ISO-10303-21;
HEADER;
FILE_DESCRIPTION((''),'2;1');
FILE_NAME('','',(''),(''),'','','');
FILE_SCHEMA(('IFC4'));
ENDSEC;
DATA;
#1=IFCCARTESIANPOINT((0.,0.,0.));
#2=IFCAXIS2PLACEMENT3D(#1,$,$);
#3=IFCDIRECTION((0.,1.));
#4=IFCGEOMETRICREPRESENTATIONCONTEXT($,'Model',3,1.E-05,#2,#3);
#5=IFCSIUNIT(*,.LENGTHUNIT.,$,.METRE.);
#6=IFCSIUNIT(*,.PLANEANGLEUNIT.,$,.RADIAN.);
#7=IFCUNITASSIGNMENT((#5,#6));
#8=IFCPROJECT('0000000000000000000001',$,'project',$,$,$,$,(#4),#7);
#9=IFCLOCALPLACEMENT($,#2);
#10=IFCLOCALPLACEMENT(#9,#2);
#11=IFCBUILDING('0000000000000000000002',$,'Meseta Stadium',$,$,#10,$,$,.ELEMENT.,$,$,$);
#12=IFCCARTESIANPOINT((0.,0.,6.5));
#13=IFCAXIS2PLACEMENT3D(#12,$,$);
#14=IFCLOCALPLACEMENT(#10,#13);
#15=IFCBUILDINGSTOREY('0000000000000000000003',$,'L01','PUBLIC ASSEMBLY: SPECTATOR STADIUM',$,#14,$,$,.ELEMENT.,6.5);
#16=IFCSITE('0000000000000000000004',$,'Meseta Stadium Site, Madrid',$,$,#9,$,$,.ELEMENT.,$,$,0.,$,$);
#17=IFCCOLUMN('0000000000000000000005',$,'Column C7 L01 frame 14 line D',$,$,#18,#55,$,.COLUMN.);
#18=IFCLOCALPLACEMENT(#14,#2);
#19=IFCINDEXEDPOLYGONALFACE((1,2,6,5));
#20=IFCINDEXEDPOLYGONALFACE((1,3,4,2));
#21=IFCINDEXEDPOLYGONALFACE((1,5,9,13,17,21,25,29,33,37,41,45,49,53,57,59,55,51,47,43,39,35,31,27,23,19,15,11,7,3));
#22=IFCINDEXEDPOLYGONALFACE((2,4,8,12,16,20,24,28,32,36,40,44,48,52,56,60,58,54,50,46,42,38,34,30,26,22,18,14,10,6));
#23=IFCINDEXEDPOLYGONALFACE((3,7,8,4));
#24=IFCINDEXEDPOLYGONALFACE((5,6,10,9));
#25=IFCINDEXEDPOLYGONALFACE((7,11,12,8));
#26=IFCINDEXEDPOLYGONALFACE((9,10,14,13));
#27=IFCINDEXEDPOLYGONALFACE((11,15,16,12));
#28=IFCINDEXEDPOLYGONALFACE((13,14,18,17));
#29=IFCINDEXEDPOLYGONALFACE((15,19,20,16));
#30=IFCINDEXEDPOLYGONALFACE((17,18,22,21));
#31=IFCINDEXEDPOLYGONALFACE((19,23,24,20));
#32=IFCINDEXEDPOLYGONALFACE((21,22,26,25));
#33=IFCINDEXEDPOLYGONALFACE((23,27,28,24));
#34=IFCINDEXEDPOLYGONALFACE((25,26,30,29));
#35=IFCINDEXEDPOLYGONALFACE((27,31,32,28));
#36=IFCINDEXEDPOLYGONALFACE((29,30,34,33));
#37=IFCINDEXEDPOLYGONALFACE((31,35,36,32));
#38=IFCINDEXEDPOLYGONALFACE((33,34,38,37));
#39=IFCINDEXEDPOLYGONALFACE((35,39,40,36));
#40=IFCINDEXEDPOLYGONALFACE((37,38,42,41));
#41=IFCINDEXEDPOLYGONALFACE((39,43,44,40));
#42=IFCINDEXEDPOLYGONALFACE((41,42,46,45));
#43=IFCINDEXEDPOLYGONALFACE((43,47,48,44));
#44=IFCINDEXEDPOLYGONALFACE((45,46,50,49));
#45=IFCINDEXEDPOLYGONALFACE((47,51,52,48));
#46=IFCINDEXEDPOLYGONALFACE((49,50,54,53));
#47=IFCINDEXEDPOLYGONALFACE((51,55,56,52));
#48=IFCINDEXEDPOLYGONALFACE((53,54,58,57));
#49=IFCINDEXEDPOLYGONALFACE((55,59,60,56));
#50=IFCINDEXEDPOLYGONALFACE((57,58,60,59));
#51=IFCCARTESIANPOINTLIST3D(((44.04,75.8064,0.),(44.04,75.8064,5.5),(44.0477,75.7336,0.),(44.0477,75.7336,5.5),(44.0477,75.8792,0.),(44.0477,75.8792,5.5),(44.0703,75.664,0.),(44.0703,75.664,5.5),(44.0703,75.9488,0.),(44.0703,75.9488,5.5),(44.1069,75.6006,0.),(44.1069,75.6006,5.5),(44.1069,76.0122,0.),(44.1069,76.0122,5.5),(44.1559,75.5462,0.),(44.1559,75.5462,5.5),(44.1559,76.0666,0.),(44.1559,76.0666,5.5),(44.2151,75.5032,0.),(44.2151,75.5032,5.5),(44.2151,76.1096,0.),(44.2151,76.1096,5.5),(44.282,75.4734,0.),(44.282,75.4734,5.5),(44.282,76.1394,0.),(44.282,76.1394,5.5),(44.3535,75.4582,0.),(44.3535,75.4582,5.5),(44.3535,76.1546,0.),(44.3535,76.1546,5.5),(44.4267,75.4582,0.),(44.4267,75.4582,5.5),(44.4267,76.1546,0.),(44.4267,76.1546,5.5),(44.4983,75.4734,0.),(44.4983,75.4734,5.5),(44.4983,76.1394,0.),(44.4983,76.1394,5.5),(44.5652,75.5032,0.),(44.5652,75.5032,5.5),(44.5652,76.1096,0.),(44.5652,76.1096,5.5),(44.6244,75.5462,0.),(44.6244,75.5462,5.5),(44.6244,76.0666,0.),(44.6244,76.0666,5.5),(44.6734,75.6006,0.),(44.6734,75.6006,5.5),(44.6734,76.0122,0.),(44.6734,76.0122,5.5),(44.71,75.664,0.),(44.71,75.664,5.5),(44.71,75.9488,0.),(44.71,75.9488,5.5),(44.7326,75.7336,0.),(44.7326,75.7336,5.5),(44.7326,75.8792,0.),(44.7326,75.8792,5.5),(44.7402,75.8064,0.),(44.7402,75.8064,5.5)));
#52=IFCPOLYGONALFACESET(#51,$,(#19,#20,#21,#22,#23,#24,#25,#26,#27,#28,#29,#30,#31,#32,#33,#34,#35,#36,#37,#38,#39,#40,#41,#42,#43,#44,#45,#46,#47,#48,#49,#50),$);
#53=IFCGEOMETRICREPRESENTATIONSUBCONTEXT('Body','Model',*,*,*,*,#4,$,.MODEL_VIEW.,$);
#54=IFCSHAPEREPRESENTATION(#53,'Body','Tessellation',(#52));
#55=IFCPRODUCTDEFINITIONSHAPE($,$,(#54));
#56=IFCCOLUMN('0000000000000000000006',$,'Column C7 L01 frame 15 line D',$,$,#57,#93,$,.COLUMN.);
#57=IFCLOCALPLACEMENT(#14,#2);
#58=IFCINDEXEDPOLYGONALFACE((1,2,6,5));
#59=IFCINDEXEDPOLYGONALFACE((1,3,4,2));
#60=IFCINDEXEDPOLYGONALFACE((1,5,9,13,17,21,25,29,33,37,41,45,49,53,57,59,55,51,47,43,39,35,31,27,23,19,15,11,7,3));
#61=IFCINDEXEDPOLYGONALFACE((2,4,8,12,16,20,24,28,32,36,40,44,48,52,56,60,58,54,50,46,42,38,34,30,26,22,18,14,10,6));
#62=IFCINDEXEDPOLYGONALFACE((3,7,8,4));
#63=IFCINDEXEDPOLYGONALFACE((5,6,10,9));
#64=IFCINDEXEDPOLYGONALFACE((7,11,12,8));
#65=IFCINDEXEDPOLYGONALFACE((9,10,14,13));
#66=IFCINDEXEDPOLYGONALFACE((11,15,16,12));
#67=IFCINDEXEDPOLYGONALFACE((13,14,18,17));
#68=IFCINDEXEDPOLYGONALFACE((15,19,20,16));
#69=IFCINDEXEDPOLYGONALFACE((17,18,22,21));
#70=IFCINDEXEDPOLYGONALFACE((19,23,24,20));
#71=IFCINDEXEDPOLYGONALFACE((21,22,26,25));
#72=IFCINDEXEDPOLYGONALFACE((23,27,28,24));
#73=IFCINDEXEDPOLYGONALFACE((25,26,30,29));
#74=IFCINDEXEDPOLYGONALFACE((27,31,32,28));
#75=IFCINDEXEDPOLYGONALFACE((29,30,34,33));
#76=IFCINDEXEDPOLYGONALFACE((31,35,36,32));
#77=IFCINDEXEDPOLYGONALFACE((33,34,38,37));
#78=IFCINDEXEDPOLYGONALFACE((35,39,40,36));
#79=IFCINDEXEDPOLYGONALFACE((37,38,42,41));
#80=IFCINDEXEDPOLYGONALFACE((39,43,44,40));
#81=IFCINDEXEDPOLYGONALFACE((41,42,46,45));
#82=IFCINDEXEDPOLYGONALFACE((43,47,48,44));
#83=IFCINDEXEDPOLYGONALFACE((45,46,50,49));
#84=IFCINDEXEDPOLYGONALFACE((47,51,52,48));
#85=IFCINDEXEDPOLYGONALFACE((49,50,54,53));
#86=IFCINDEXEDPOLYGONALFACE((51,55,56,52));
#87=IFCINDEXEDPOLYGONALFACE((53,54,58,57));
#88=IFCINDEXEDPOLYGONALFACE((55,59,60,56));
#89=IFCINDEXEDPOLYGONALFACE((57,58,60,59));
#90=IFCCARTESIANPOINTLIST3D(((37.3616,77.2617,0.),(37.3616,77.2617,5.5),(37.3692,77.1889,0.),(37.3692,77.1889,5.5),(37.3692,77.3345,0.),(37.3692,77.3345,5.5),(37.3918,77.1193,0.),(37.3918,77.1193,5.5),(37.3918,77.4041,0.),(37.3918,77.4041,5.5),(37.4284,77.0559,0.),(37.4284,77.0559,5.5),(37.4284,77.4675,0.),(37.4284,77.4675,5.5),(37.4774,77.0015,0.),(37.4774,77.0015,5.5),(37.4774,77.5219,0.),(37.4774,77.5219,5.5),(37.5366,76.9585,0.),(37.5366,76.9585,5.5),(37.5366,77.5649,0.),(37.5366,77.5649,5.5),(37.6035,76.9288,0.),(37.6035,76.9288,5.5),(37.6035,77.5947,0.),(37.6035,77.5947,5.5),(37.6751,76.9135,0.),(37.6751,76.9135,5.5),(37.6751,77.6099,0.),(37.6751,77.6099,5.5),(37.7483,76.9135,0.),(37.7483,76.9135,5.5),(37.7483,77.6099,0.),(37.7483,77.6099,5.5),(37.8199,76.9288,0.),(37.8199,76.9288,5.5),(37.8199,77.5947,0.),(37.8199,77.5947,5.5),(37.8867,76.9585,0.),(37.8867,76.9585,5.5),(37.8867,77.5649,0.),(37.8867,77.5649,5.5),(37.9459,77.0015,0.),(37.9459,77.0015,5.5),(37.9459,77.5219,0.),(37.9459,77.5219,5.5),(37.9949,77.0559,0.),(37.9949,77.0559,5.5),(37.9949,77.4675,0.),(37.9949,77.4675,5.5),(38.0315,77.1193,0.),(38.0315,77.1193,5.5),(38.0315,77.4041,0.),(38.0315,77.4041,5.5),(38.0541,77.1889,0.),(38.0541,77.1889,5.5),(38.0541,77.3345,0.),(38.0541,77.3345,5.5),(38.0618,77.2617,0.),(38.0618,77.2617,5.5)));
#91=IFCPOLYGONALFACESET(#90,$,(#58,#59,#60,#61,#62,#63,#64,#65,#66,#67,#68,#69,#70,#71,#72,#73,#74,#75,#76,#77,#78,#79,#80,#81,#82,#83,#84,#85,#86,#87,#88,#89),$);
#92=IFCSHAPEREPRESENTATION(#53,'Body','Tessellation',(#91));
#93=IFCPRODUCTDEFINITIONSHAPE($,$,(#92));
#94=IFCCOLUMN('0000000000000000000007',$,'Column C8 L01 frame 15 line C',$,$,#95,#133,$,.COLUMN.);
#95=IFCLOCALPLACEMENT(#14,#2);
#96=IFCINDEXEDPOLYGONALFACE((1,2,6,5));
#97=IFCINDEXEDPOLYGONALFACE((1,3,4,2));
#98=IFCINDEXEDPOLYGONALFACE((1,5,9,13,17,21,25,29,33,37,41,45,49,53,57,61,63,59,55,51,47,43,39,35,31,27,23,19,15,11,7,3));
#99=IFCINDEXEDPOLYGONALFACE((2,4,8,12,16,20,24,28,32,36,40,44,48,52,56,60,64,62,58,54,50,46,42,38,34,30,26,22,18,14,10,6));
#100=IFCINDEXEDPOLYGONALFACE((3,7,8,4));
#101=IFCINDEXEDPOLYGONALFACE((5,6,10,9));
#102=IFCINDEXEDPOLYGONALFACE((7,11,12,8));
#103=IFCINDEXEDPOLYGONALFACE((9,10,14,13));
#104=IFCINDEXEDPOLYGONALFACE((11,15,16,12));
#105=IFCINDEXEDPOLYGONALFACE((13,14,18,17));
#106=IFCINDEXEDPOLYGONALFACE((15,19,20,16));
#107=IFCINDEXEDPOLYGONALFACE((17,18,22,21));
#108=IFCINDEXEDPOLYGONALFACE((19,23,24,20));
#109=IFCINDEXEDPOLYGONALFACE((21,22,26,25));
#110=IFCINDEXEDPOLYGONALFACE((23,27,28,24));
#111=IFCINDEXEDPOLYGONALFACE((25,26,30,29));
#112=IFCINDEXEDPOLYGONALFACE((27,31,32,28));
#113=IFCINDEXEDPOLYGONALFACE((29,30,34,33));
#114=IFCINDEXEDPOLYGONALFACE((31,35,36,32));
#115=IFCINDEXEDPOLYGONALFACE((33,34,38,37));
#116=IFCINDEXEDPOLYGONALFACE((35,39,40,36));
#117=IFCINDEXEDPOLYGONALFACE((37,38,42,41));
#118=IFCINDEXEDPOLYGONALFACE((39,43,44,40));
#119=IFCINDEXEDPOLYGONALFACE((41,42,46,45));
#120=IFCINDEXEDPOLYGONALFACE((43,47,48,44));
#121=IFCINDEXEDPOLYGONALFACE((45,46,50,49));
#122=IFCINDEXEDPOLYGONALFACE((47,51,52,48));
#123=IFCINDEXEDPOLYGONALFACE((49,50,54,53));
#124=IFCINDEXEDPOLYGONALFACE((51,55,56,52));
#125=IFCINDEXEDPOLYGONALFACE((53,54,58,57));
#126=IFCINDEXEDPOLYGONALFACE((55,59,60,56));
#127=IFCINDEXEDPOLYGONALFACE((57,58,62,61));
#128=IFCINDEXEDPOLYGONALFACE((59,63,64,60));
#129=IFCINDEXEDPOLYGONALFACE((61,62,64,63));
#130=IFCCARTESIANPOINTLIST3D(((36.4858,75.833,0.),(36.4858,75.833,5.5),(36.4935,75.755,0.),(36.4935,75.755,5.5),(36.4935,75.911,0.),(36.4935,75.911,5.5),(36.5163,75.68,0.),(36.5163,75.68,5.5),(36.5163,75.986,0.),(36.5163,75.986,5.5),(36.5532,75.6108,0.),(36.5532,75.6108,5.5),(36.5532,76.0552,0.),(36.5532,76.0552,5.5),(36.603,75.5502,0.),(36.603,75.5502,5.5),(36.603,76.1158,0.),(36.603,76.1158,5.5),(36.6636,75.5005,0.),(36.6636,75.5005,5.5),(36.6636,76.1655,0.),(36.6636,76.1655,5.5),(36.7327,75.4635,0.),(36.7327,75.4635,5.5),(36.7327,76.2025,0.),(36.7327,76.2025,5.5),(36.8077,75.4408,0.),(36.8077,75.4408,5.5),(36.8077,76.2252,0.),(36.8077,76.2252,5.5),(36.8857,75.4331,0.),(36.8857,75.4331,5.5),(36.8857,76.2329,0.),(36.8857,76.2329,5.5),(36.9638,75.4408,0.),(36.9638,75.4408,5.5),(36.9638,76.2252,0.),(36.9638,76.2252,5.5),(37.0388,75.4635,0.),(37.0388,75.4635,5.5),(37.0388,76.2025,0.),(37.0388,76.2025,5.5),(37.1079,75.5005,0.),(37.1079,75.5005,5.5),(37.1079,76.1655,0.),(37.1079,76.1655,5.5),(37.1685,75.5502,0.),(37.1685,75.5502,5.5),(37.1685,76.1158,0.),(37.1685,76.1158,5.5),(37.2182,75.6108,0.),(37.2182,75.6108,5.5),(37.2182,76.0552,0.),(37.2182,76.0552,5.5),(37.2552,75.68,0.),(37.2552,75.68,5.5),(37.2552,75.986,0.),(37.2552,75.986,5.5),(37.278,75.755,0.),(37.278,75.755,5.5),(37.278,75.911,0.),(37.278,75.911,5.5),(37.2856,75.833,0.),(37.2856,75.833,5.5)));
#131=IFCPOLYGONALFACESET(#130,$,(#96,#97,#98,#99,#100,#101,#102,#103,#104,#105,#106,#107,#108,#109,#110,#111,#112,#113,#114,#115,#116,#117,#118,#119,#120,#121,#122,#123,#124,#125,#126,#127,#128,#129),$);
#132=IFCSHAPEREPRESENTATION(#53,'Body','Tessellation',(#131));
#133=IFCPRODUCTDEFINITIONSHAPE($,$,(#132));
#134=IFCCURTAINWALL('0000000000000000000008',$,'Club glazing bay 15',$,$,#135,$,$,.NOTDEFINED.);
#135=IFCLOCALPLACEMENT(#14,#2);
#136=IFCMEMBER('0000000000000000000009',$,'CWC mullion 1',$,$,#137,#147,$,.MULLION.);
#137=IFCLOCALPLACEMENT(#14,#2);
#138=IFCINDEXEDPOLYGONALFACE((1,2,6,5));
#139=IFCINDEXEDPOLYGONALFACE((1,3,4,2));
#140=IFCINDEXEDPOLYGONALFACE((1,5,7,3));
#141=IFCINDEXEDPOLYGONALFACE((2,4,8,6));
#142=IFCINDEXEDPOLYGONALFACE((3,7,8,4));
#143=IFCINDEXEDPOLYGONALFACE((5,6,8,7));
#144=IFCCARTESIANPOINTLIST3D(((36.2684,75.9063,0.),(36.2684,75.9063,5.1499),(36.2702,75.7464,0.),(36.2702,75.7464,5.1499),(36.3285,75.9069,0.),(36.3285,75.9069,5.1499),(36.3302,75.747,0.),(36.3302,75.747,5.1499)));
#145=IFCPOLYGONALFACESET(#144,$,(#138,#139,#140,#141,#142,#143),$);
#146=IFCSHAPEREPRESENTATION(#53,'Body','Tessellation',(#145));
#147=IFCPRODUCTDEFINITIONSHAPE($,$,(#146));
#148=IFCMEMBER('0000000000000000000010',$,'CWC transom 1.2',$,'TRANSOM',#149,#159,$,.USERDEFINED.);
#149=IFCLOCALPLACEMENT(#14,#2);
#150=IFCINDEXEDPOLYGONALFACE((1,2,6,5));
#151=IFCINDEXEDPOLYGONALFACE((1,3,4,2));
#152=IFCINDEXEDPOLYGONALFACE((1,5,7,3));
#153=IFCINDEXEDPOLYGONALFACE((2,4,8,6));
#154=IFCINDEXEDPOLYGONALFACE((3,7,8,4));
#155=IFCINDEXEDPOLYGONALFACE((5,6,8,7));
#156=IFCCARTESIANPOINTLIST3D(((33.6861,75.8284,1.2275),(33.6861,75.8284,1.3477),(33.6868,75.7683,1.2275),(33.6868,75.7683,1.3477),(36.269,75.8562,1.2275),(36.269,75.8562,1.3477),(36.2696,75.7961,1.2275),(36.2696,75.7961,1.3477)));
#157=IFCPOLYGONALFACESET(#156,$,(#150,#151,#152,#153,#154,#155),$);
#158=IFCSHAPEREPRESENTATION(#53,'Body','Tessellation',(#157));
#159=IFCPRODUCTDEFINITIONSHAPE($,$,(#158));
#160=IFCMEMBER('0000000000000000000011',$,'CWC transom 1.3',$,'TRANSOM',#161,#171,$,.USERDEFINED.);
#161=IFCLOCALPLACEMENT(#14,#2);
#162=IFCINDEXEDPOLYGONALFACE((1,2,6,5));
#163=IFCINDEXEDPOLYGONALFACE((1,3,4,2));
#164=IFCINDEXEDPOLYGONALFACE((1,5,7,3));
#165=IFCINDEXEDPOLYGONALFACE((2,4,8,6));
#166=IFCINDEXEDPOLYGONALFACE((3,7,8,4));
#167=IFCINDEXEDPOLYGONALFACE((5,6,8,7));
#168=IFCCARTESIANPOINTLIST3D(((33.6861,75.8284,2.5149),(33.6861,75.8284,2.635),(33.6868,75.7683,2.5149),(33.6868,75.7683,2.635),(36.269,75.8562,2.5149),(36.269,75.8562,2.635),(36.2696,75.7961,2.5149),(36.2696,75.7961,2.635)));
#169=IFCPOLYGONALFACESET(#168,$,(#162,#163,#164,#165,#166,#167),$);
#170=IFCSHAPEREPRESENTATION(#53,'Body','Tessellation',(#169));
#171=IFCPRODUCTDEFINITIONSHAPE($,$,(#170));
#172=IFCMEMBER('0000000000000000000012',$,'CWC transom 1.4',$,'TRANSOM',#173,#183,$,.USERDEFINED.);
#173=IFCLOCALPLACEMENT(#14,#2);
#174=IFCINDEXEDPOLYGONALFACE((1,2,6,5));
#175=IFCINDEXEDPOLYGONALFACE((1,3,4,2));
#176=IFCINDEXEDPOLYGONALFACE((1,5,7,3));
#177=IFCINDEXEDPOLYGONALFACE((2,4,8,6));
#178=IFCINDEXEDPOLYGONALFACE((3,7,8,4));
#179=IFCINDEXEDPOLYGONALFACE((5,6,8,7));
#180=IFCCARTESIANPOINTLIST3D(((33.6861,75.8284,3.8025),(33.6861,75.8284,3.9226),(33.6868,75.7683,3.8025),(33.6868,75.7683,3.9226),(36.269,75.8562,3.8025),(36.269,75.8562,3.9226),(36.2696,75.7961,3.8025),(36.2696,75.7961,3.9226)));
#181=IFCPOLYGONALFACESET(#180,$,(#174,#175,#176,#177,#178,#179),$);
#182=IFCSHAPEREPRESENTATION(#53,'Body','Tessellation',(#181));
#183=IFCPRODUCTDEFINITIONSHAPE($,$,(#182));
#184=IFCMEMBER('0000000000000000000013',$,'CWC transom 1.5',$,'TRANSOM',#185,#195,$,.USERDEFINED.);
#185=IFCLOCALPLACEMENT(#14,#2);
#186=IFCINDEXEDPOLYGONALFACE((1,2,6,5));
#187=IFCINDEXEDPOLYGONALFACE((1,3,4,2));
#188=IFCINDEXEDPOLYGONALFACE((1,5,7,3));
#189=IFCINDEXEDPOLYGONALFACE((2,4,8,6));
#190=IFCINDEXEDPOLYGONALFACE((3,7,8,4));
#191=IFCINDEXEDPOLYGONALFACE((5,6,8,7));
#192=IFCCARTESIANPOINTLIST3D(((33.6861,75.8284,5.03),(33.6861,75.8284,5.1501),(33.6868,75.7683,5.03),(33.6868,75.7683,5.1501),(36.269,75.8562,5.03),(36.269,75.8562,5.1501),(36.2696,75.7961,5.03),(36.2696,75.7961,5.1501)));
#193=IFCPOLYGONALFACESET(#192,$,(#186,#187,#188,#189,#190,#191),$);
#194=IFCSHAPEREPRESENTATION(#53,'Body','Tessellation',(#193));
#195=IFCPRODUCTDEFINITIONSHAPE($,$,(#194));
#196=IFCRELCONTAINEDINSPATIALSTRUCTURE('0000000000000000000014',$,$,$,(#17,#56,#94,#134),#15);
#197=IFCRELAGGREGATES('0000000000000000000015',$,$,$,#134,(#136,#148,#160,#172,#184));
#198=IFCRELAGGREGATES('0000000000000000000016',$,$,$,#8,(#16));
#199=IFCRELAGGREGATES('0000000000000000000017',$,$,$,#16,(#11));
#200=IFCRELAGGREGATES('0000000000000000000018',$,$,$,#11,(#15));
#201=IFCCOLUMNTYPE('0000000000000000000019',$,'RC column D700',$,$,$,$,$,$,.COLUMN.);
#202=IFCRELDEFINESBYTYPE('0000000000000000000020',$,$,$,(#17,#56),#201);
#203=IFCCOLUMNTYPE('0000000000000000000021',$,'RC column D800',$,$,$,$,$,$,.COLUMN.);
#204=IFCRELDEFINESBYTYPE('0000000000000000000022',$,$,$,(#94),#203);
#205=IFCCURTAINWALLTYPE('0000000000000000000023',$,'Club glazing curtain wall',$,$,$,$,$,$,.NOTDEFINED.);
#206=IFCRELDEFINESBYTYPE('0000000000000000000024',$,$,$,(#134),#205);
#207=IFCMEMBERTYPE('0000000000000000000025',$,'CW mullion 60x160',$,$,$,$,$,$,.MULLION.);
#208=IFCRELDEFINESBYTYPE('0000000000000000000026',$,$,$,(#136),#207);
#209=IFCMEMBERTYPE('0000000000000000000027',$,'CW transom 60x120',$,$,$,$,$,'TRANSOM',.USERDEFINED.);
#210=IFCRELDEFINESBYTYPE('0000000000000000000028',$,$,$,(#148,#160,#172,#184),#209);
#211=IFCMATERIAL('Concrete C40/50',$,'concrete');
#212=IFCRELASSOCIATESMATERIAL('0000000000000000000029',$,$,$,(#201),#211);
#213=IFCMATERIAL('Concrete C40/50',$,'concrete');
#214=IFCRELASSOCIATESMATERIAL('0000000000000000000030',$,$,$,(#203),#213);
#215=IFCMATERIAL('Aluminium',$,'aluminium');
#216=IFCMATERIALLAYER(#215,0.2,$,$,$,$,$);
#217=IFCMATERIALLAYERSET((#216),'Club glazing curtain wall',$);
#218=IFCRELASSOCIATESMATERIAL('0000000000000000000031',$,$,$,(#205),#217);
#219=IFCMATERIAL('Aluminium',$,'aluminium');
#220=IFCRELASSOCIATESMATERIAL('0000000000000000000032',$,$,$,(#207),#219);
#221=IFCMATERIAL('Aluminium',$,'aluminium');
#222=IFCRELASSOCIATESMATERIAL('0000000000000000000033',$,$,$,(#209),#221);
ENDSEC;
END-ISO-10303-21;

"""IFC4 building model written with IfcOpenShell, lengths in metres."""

from ifc_helpers import new_model, si_unit, direction, frame, origin, origin_2d, place, context, subcontext, project, spatial, rectangle, circle, extrude, material, layer, layer_set, material_profile, profile_set, type_object, element, aggregate, save


model = new_model("IFC4")

# Units and contexts
model_context = context("Model", 3, precision=1e-05, world=origin(), true_north=direction((0.0, 1.0)))
body_context = subcontext(model_context, "Body", "Model", "MODEL_VIEW")
ifc_project = project(units=[si_unit("LENGTHUNIT", "METRE"), si_unit("PLANEANGLEUNIT", "RADIAN")], contexts=[model_context])

# Site, building, storey
site_placement = place(None, origin())
site = spatial("IfcSite", under=ifc_project, at=site_placement, Name="Meseta Stadium Site, Madrid", CompositionType="ELEMENT", RefElevation=0.0)
building_placement = place(site_placement, origin())
building = spatial("IfcBuilding", under=site, at=building_placement, Name="Meseta Stadium", CompositionType="ELEMENT")
storey_placement = place(building_placement, frame((0.0, 0.0, 6.5)))
storey = spatial("IfcBuildingStorey", under=building, at=storey_placement, Name="L01", Description="PUBLIC ASSEMBLY: SPECTATOR STADIUM", CompositionType="ELEMENT", Elevation=6.5)

# Columns
ifc_material_1 = material(Name="Concrete C40/50", Category="concrete")
ifc_material_profile_1 = material_profile(ifc_material_1, circle(Radius=0.3501, at=origin_2d()), Name="RC D700")
ifc_profile_set_1 = profile_set([ifc_material_profile_1], Name="Concrete C40/50")
column_type_1 = type_object("IfcColumnType", Name="RC column D700", PredefinedType="COLUMN", material=ifc_profile_set_1)
for number, where, z_axis, x_axis, name in (
    (1, (44.3901, 75.8064, 0.0), (0.0, 0.0, 1.0), (1.0, 0.0, 0.0), "Column C7 L01 frame 14 line D"),
    (2, (37.7117, 77.2617, 0.0), (0.0, 0.0, 1.0), (1.0, 0.0, 0.0), "Column C7 L01 frame 15 line D"),
):
    element("IfcColumn", number, at=place(storey_placement, frame(where, z_axis=z_axis, x_axis=x_axis)), inside=storey, type_object=column_type_1, Name=name, PredefinedType="COLUMN", context=body_context, shape_type="SweptSolid", body=[
        extrude(circle(Radius=0.3501, at=origin_2d()), origin(), (0.0, 0.0, 1.0), 5.5),
    ])
ifc_material_2 = material(Name="Concrete C40/50", Category="concrete")
ifc_material_profile_2 = material_profile(ifc_material_2, circle(Radius=0.3999, at=origin_2d()), Name="RC D800")
ifc_profile_set_2 = profile_set([ifc_material_profile_2], Name="Concrete C40/50")
column_type_2 = type_object("IfcColumnType", Name="RC column D800", PredefinedType="COLUMN", material=ifc_profile_set_2)
column_placement = place(storey_placement, frame((36.8857, 75.833, 0.0), z_axis=(0.0, 0.0, 1.0), x_axis=(1.0, 0.0, 0.0)))
element("IfcColumn", 3, at=column_placement, inside=storey, type_object=column_type_2, Name="Column C8 L01 frame 15 line C", PredefinedType="COLUMN", context=body_context, shape_type="SweptSolid", body=[
    extrude(circle(Radius=0.3999, at=origin_2d()), origin(), (0.0, 0.0, 1.0), 5.5),
])

# Curtain wall, members
ifc_material_3 = material(Name="Aluminium", Category="aluminium")
ifc_layer_1 = layer(ifc_material_3, 0.2)
ifc_layer_set_1 = layer_set([ifc_layer_1], Name="Club glazing curtain wall")
curtain_wall_type = type_object("IfcCurtainWallType", Name="Club glazing curtain wall", PredefinedType="NOTDEFINED", material=ifc_layer_set_1)
curtain_wall_placement = place(storey_placement, origin())
curtain_wall = element("IfcCurtainWall", 4, at=curtain_wall_placement, inside=storey, type_object=curtain_wall_type, Name="Club glazing bay 15", PredefinedType="NOTDEFINED")
ifc_material_4 = material(Name="Aluminium", Category="aluminium")
ifc_material_profile_3 = material_profile(ifc_material_4, rectangle(XDim=0.1599, YDim=0.0601, at=origin_2d()), Name="CW 160x60")
ifc_profile_set_3 = profile_set([ifc_material_profile_3], Name="Aluminium")
member_type_1 = type_object("IfcMemberType", Name="CW mullion 60x160", PredefinedType="MULLION", material=ifc_profile_set_3)
member_1_placement = place(storey_placement, frame((36.2993, 75.8267, 0.0), z_axis=(0.0, 0.0, 1.0), x_axis=(0.010843, -0.999941, 0.0)))
member_1 = element("IfcMember", 5, at=member_1_placement, type_object=member_type_1, Name="CWC mullion 1", PredefinedType="MULLION", context=body_context, shape_type="SweptSolid", body=[
    extrude(rectangle(XDim=0.1599, YDim=0.0601, at=origin_2d()), origin(), (0.0, 0.0, 1.0), 5.1499),
])
ifc_material_5 = material(Name="Aluminium", Category="aluminium")
ifc_material_profile_4 = material_profile(ifc_material_5, rectangle(XDim=0.0601, YDim=0.1201, at=origin_2d()), Name="CW 60x120")
ifc_profile_set_4 = profile_set([ifc_material_profile_4], Name="Aluminium")
member_type_2 = type_object("IfcMemberType", Name="CW transom 60x120", ElementType="TRANSOM", PredefinedType="USERDEFINED", material=ifc_profile_set_4)
member_2_placement = place(storey_placement, frame((36.2693, 75.8262, 1.2876), z_axis=(-0.999942, -0.010775, 0.0), x_axis=(0.010775, -0.999942, 0.0)))
member_2 = element("IfcMember", 6, at=member_2_placement, type_object=member_type_2, Name="CWC transom 1.2", ObjectType="TRANSOM", PredefinedType="USERDEFINED", context=body_context, shape_type="SweptSolid", body=[
    extrude(rectangle(XDim=0.0601, YDim=0.1201, at=origin_2d()), origin(), (0.0, 0.0, 1.0), 2.583),
])
member_3_placement = place(storey_placement, frame((36.2693, 75.8262, 2.575), z_axis=(-0.999942, -0.010775, 0.0), x_axis=(0.010775, -0.999942, 0.0)))
member_3 = element("IfcMember", 7, at=member_3_placement, type_object=member_type_2, Name="CWC transom 1.3", ObjectType="TRANSOM", PredefinedType="USERDEFINED", context=body_context, shape_type="SweptSolid", body=[
    extrude(rectangle(XDim=0.0601, YDim=0.1201, at=origin_2d()), origin(), (0.0, 0.0, 1.0), 2.583),
])
member_4_placement = place(storey_placement, frame((36.2693, 75.8262, 3.8625), z_axis=(-0.999942, -0.010775, 0.0), x_axis=(0.010775, -0.999942, 0.0)))
member_4 = element("IfcMember", 8, at=member_4_placement, type_object=member_type_2, Name="CWC transom 1.4", ObjectType="TRANSOM", PredefinedType="USERDEFINED", context=body_context, shape_type="SweptSolid", body=[
    extrude(rectangle(XDim=0.0601, YDim=0.1201, at=origin_2d()), origin(), (0.0, 0.0, 1.0), 2.583),
])
member_5_placement = place(storey_placement, frame((36.2693, 75.8262, 5.0901), z_axis=(-0.999942, -0.010775, 0.0), x_axis=(0.010775, -0.999942, 0.0)))
member_5 = element("IfcMember", 9, at=member_5_placement, type_object=member_type_2, Name="CWC transom 1.5", ObjectType="TRANSOM", PredefinedType="USERDEFINED", context=body_context, shape_type="SweptSolid", body=[
    extrude(rectangle(XDim=0.0601, YDim=0.1201, at=origin_2d()), origin(), (0.0, 0.0, 1.0), 2.583),
])
aggregate(curtain_wall, [member_1, member_2, member_3, member_4, member_5])

save(model, "model.ifc")
